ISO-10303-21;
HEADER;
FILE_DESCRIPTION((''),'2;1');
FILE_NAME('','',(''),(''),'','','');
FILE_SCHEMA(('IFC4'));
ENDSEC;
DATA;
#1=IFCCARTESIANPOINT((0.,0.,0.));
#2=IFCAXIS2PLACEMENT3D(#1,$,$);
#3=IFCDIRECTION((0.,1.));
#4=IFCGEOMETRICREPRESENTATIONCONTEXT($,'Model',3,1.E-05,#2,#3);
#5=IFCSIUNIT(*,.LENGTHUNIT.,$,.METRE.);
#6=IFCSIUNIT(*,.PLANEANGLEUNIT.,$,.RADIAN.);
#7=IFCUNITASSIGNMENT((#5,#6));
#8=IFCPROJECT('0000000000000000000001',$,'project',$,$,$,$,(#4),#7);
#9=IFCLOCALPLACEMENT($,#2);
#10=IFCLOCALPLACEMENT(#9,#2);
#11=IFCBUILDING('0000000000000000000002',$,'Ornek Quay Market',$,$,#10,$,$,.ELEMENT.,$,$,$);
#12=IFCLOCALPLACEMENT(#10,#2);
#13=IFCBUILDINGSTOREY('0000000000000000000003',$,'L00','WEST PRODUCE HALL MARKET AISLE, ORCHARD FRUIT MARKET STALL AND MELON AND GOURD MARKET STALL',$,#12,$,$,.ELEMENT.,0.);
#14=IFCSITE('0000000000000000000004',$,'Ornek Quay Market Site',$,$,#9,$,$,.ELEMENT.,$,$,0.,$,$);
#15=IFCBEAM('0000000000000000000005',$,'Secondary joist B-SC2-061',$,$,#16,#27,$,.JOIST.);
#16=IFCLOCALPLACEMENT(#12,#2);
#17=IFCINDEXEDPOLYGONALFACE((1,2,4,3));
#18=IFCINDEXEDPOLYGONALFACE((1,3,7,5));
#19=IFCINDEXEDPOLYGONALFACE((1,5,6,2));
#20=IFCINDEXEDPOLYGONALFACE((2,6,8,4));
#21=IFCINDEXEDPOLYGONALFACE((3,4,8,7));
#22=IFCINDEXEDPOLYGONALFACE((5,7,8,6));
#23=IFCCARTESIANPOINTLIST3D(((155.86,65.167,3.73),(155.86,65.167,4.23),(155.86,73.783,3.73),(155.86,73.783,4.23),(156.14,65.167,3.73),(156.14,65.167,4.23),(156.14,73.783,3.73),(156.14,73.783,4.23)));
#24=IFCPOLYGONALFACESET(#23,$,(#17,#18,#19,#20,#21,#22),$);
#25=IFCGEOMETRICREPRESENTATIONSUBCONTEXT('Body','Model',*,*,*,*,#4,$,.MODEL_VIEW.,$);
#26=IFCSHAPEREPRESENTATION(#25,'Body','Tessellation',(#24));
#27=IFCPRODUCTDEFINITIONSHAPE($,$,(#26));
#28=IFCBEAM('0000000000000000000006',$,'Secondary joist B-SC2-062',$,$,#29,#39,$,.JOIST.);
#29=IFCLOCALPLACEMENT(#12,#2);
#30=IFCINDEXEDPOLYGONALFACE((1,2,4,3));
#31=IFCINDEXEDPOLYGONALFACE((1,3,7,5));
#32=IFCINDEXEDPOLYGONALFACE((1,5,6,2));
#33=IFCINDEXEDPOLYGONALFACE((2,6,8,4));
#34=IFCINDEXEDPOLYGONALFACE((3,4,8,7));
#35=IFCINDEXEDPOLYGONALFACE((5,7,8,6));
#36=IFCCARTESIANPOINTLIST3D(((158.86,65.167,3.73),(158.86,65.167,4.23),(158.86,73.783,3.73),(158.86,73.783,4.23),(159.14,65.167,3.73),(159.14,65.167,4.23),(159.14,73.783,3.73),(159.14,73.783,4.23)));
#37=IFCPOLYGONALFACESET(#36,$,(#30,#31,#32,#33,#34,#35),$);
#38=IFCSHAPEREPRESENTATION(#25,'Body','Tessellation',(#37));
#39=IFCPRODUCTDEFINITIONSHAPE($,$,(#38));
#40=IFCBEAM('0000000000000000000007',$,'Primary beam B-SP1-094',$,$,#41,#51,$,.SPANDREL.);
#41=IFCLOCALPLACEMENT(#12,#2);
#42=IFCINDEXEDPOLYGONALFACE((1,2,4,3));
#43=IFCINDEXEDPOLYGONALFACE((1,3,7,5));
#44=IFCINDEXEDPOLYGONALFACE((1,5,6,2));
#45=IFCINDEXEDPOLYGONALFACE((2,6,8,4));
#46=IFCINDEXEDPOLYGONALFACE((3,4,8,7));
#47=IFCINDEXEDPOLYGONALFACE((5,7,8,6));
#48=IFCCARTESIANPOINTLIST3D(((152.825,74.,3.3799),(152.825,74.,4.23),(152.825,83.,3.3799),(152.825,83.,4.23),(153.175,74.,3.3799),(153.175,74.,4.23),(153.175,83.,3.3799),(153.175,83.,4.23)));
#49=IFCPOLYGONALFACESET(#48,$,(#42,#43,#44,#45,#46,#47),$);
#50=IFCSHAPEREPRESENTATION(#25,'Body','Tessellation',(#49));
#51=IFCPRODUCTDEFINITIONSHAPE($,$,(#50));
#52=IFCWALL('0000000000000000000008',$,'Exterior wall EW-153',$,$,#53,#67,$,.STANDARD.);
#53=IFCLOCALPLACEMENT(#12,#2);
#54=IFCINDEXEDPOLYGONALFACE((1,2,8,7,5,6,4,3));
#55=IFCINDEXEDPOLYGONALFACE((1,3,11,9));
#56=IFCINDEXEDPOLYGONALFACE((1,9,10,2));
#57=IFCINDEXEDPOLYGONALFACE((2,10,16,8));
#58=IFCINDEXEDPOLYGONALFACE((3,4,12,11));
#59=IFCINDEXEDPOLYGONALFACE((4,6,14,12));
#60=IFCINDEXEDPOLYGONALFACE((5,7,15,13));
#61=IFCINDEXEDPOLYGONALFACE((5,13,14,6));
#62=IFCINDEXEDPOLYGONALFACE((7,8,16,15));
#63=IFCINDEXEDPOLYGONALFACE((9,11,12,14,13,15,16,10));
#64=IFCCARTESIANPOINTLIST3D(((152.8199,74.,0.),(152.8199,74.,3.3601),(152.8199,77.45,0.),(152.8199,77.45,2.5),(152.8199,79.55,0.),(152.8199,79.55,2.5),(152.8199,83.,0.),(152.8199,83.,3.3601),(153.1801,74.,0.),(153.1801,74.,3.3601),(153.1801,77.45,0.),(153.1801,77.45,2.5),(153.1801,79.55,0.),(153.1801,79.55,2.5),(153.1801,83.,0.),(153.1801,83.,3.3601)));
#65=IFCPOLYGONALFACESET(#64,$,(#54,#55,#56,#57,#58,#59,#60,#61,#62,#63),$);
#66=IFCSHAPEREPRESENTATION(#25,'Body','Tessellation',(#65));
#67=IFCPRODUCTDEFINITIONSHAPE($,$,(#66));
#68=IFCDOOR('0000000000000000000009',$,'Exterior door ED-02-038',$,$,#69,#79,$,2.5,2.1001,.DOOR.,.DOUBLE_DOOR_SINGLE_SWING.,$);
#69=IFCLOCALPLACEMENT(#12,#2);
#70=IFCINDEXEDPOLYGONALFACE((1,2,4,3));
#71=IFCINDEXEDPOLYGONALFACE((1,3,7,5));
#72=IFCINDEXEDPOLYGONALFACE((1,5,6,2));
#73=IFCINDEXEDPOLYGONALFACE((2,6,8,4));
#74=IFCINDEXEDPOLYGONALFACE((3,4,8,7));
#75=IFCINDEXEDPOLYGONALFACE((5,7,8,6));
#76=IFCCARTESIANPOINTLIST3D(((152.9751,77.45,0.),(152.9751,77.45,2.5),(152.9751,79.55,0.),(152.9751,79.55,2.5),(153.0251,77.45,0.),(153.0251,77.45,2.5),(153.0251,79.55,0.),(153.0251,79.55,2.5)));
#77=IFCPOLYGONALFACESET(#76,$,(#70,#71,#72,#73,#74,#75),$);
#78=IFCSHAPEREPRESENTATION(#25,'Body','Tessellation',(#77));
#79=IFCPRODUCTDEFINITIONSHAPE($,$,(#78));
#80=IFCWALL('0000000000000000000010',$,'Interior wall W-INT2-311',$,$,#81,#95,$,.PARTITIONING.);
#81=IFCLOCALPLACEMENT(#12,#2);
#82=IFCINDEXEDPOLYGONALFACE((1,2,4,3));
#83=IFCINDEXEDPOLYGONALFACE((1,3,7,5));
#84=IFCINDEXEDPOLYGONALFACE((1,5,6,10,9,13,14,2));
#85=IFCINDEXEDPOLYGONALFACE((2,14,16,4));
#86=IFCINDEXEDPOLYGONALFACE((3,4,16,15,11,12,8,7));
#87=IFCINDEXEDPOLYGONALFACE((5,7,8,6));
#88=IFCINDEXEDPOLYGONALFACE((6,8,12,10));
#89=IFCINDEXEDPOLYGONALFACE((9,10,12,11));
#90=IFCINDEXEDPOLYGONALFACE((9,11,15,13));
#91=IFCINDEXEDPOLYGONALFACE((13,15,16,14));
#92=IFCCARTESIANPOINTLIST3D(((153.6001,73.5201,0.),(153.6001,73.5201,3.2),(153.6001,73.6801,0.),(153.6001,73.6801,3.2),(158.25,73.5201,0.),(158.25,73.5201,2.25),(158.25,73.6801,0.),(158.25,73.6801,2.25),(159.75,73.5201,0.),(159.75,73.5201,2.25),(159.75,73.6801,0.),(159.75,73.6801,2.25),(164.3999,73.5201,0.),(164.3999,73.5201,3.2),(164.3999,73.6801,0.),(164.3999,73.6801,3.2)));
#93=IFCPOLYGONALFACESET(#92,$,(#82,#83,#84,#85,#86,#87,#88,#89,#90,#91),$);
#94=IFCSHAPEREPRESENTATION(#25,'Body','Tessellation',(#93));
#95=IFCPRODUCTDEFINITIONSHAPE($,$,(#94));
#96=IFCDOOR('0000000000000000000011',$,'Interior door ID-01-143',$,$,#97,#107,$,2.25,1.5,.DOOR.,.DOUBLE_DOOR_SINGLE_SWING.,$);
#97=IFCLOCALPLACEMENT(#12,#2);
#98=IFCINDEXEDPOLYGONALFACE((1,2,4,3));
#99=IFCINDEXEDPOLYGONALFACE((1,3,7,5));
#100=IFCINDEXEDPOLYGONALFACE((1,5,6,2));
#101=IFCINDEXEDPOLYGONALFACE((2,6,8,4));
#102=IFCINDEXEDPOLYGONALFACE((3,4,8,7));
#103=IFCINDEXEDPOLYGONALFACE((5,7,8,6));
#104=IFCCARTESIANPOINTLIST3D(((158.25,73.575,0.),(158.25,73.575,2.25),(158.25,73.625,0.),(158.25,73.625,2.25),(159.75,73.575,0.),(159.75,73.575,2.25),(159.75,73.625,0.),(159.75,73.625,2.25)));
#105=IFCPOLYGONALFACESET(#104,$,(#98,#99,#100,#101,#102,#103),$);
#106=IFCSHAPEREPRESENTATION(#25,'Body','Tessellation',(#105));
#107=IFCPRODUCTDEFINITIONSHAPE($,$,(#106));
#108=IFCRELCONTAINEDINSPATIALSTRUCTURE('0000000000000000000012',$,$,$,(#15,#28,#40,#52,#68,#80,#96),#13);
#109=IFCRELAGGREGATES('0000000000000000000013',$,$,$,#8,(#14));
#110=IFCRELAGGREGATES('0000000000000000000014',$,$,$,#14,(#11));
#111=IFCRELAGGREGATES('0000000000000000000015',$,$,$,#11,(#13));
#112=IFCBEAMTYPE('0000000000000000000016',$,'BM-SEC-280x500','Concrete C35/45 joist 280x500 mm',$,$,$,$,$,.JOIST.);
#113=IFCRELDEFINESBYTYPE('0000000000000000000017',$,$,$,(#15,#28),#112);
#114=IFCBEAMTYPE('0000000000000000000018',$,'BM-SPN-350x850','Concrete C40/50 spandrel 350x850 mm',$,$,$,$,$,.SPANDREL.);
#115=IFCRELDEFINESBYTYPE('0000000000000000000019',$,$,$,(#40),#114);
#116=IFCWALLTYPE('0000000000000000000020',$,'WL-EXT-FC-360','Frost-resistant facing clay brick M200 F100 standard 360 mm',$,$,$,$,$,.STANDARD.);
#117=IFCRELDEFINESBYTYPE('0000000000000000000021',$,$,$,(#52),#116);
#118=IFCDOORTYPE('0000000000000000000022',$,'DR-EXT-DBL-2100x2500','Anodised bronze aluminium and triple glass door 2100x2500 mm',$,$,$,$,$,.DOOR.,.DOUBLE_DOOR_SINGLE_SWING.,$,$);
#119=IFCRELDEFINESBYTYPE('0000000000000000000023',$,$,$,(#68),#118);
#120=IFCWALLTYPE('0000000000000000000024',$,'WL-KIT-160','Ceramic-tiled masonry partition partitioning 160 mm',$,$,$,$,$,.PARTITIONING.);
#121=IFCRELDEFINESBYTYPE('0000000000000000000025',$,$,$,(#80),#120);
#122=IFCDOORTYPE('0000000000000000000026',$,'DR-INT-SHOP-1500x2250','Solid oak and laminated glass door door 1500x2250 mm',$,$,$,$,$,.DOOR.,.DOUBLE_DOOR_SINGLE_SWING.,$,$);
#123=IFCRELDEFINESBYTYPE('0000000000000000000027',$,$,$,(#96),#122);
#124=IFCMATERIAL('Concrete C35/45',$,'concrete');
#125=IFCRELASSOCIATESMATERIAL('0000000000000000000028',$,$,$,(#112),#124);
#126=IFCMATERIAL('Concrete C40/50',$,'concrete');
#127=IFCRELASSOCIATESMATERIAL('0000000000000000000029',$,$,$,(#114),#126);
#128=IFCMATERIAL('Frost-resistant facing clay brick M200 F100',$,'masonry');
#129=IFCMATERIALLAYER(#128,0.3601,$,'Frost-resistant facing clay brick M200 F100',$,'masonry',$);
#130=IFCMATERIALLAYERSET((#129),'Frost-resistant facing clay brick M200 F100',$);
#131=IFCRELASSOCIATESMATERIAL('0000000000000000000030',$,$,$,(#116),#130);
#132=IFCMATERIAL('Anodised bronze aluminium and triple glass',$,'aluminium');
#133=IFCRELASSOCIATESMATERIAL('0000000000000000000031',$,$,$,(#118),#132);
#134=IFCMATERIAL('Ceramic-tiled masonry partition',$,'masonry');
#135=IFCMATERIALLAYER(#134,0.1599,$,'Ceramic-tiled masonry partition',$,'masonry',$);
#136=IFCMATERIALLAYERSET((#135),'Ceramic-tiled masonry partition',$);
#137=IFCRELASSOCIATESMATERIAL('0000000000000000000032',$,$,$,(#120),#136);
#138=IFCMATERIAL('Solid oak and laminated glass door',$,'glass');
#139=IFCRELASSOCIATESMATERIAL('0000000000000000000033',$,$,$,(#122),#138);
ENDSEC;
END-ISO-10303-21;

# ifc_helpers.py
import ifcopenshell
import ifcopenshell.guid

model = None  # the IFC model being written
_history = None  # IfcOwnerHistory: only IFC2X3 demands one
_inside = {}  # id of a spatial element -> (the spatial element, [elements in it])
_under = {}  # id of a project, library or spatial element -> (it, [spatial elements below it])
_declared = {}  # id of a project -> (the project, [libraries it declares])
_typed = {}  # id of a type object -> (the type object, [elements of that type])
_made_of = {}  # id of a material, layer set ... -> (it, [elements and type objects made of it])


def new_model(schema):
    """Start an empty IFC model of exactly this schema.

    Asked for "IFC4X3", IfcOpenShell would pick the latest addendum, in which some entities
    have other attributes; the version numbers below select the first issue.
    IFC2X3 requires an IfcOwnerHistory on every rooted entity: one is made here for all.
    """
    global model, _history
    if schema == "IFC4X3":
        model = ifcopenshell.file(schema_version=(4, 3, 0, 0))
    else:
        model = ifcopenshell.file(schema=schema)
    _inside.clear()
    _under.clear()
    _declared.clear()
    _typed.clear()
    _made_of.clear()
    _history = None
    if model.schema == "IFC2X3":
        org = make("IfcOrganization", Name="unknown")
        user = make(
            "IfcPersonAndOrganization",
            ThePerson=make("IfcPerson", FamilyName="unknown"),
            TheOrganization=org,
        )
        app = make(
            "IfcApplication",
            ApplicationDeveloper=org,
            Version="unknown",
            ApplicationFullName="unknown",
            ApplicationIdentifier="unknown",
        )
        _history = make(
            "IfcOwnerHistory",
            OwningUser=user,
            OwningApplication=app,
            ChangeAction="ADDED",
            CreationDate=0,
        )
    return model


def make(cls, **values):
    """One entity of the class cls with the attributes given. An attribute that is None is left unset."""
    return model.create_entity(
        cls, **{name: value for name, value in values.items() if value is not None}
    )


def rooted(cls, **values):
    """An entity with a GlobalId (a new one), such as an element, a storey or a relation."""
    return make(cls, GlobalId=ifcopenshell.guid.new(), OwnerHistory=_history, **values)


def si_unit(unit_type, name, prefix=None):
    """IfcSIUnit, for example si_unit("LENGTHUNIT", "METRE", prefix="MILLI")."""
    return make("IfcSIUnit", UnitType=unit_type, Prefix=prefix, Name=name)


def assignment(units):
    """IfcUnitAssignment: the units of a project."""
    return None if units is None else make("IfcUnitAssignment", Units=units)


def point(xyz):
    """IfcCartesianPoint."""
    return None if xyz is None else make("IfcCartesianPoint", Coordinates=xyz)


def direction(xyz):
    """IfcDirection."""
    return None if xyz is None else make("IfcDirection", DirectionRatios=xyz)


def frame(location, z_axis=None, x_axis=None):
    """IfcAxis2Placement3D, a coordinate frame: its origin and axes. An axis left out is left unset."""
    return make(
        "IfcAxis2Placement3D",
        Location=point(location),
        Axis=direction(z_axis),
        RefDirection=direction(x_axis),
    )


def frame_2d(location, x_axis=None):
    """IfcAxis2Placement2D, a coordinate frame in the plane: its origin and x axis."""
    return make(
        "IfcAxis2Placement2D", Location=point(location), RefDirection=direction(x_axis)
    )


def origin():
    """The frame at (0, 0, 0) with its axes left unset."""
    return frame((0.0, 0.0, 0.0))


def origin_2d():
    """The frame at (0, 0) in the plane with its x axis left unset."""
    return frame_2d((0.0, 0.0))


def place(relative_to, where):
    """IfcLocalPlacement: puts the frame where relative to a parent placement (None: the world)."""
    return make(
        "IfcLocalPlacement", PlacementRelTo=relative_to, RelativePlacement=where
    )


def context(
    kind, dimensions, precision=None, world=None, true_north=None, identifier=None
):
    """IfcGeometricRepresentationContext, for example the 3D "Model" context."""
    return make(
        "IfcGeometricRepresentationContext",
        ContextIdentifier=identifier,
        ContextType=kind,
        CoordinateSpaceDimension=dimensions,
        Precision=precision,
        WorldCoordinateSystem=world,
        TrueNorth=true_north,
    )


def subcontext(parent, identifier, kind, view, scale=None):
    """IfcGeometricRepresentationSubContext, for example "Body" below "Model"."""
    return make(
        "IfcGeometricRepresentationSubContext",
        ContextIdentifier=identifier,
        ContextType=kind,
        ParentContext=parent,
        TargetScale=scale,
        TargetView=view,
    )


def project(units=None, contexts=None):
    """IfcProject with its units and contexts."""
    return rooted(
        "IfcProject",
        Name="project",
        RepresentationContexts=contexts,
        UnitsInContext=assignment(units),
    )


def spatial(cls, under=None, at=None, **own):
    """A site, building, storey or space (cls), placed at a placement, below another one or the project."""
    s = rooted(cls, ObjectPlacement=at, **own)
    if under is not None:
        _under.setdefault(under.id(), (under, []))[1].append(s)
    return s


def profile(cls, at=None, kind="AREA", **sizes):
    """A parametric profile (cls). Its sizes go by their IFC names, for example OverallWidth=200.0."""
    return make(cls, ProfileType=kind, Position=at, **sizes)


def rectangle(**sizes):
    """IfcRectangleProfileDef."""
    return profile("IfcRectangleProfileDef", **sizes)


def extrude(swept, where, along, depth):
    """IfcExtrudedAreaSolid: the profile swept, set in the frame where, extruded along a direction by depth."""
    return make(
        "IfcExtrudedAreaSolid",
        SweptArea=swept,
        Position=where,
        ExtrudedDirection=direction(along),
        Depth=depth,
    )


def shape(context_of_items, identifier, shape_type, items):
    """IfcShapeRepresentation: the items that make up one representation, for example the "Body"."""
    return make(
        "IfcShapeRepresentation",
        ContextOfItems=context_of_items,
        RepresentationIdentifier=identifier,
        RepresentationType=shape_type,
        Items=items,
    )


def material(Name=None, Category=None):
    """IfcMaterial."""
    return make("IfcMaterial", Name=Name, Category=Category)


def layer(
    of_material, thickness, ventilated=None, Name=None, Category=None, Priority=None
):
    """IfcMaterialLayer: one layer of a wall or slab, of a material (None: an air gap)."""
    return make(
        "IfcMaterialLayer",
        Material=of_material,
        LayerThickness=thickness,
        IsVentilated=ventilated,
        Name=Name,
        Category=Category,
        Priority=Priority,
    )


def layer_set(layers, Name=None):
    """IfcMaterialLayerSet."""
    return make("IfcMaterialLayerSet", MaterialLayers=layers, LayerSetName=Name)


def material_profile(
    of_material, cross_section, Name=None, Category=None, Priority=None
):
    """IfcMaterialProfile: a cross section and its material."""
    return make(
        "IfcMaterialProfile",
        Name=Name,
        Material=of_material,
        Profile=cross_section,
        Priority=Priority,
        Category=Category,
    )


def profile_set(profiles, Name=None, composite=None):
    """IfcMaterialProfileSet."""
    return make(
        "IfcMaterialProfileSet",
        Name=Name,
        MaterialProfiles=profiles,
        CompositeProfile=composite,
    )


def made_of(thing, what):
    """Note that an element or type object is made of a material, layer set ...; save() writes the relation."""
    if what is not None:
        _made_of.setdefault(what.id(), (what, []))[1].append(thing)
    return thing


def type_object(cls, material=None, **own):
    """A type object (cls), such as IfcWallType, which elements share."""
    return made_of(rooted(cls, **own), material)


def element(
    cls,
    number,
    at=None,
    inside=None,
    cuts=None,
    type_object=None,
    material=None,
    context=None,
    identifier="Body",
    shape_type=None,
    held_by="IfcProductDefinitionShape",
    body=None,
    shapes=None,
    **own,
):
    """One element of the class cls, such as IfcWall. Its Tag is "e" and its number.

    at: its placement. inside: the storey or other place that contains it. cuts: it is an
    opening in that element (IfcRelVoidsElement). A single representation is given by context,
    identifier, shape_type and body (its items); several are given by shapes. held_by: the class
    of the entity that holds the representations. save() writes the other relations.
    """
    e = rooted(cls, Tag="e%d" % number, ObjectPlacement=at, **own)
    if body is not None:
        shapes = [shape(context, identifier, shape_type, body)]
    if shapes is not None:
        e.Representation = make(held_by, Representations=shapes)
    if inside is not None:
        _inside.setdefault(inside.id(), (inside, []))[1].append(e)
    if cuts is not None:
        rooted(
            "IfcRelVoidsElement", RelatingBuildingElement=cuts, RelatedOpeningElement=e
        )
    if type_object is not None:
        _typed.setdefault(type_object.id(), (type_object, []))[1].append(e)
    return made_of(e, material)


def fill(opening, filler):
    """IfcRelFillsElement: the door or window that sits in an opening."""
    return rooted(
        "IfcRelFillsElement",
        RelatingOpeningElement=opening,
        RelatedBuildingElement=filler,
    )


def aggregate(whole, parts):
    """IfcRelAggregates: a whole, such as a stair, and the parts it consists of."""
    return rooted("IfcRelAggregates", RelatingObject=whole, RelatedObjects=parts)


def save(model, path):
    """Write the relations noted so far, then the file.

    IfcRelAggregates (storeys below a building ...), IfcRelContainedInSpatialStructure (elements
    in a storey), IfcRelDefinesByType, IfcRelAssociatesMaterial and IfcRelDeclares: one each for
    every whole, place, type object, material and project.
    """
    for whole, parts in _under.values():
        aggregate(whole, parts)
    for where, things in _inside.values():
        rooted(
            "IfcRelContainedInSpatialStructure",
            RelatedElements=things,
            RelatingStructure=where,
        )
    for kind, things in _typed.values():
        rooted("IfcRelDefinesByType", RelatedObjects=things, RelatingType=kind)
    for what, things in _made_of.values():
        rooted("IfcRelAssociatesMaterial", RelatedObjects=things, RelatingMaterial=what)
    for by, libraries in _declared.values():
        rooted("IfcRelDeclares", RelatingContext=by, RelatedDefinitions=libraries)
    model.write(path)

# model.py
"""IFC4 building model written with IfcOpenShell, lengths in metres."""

from ifc_helpers import new_model, si_unit, direction, frame, frame_2d, origin, origin_2d, place, context, subcontext, project, spatial, rectangle, extrude, material, layer, layer_set, material_profile, profile_set, type_object, element, fill, save


model = new_model("IFC4")

# Units and contexts
model_context = context("Model", 3, precision=1e-05, world=origin(), true_north=direction((0.0, 1.0)))
body_context = subcontext(model_context, "Body", "Model", "MODEL_VIEW")
ifc_project = project(units=[si_unit("LENGTHUNIT", "METRE"), si_unit("PLANEANGLEUNIT", "RADIAN")], contexts=[model_context])

# Site, building, storey
site_placement = place(None, origin())
site = spatial("IfcSite", under=ifc_project, at=site_placement, Name="Ornek Quay Market Site", CompositionType="ELEMENT", RefElevation=0.0)
building_placement = place(site_placement, origin())
building = spatial("IfcBuilding", under=site, at=building_placement, Name="Ornek Quay Market", CompositionType="ELEMENT")
storey_placement = place(building_placement, origin())
storey = spatial("IfcBuildingStorey", under=building, at=storey_placement, Name="L00", Description="WEST PRODUCE HALL MARKET AISLE, ORCHARD FRUIT MARKET STALL AND MELON AND GOURD MARKET STALL", CompositionType="ELEMENT", Elevation=0.0)

# Shared definitions
ifc_material_1 = material(Name="Concrete C35/45", Category="concrete")

# Shared definitions
ifc_material_2 = material(Name="Concrete C40/50", Category="concrete")

# Beams
ifc_material_profile_1 = material_profile(ifc_material_1, rectangle(XDim=0.28, YDim=0.5, at=origin_2d()), Name="RC 280x500", Category="concrete")
ifc_profile_set_1 = profile_set([ifc_material_profile_1], Name="Concrete C35/45")
beam_type_1 = type_object("IfcBeamType", Name="BM-SEC-280x500", Description="Concrete C35/45 joist 280x500 mm", PredefinedType="JOIST", material=ifc_profile_set_1)
for number, where, z_axis, x_axis, name in (
    (1, (156.0, 65.167, 3.98), (0.0, 1.0, 0.0), (-1.0, 0.0, 0.0), "Secondary joist B-SC2-061"),
    (2, (159.0, 65.167, 3.98), (0.0, 1.0, 0.0), (-1.0, 0.0, 0.0), "Secondary joist B-SC2-062"),
):
    element("IfcBeam", number, at=place(storey_placement, frame(where, z_axis=z_axis, x_axis=x_axis)), inside=storey, type_object=beam_type_1, Name=name, PredefinedType="JOIST", context=body_context, shape_type="SweptSolid", body=[
        extrude(rectangle(XDim=0.28, YDim=0.5, at=origin_2d()), origin(), (0.0, 0.0, 1.0), 8.616),
    ])
ifc_material_profile_2 = material_profile(ifc_material_2, rectangle(XDim=0.3501, YDim=0.8501, at=origin_2d()), Name="RC 350x850", Category="concrete")
ifc_profile_set_2 = profile_set([ifc_material_profile_2], Name="Concrete C40/50")
beam_type_2 = type_object("IfcBeamType", Name="BM-SPN-350x850", Description="Concrete C40/50 spandrel 350x850 mm", PredefinedType="SPANDREL", material=ifc_profile_set_2)
beam_1_placement = place(storey_placement, frame((153.0, 74.0, 3.8049), z_axis=(0.0, 1.0, 0.0), x_axis=(-1.0, 0.0, 0.0)))
element("IfcBeam", 3, at=beam_1_placement, inside=storey, type_object=beam_type_2, Name="Primary beam B-SP1-094", PredefinedType="SPANDREL", context=body_context, shape_type="SweptSolid", body=[
    extrude(rectangle(XDim=0.3501, YDim=0.8501, at=origin_2d()), origin(), (0.0, 0.0, 1.0), 9.0),
])

# Walls, openings, doors
ifc_material_3 = material(Name="Frost-resistant facing clay brick M200 F100", Category="masonry")
ifc_layer_1 = layer(ifc_material_3, 0.3601, Name="Frost-resistant facing clay brick M200 F100", Category="masonry")
ifc_layer_set_1 = layer_set([ifc_layer_1], Name="Frost-resistant facing clay brick M200 F100")
wall_type_1 = type_object("IfcWallType", Name="WL-EXT-FC-360", Description="Frost-resistant facing clay brick M200 F100 standard 360 mm", PredefinedType="STANDARD", material=ifc_layer_set_1)
wall_1_placement = place(storey_placement, frame((153.0, 74.0, 0.0), z_axis=(0.0, 0.0, 1.0), x_axis=(0.0, 1.0, 0.0)))
wall_1 = element("IfcWall", 4, at=wall_1_placement, inside=storey, type_object=wall_type_1, Name="Exterior wall EW-153", PredefinedType="STANDARD", context=body_context, shape_type="SweptSolid", body=[
    extrude(rectangle(XDim=9.0, YDim=0.3601, at=frame_2d((4.5, 0.0))), origin(), (0.0, 0.0, 1.0), 3.3601),
])
opening_1_placement = place(wall_1_placement, frame((3.45, 0.0, 0.0)))
opening_1 = element("IfcOpeningElement", 5, at=opening_1_placement, cuts=wall_1, PredefinedType="OPENING", context=body_context, shape_type="SweptSolid", body=[
    extrude(rectangle(XDim=2.1001, YDim=2.5, at=frame_2d((1.05, 1.25))), frame((0.0, 0.1899, 0.0), z_axis=(0.0, -1.0, 0.0), x_axis=(1.0, 0.0, 0.0)), (0.0, 0.0, 1.0), 0.3801),
])
ifc_material_4 = material(Name="Anodised bronze aluminium and triple glass", Category="aluminium")
door_type_1 = type_object("IfcDoorType", Name="DR-EXT-DBL-2100x2500", Description="Anodised bronze aluminium and triple glass door 2100x2500 mm", OperationType="DOUBLE_DOOR_SINGLE_SWING", PredefinedType="DOOR", material=ifc_material_4)
door_1_placement = place(opening_1_placement, origin())
door_1 = element("IfcDoor", 6, at=door_1_placement, inside=storey, type_object=door_type_1, Name="Exterior door ED-02-038", OperationType="DOUBLE_DOOR_SINGLE_SWING", OverallHeight=2.5, OverallWidth=2.1001, PredefinedType="DOOR", context=body_context, shape_type="SweptSolid", body=[
    extrude(rectangle(XDim=2.1001, YDim=2.5, at=frame_2d((1.05, 1.25))), frame((0.0, 0.0249, 0.0), z_axis=(0.0, -1.0, 0.0), x_axis=(1.0, 0.0, 0.0)), (0.0, 0.0, 1.0), 0.05),
])
fill(opening_1, door_1)
ifc_material_5 = material(Name="Ceramic-tiled masonry partition", Category="masonry")
ifc_layer_2 = layer(ifc_material_5, 0.1599, Name="Ceramic-tiled masonry partition", Category="masonry")
ifc_layer_set_2 = layer_set([ifc_layer_2], Name="Ceramic-tiled masonry partition")
wall_type_2 = type_object("IfcWallType", Name="WL-KIT-160", Description="Ceramic-tiled masonry partition partitioning 160 mm", PredefinedType="PARTITIONING", material=ifc_layer_set_2)
wall_2_placement = place(storey_placement, frame((153.6001, 73.6001, 0.0), z_axis=(0.0, 0.0, 1.0), x_axis=(1.0, 0.0, 0.0)))
wall_2 = element("IfcWall", 7, at=wall_2_placement, inside=storey, type_object=wall_type_2, Name="Interior wall W-INT2-311", PredefinedType="PARTITIONING", context=body_context, shape_type="SweptSolid", body=[
    extrude(rectangle(XDim=10.7998, YDim=0.1599, at=frame_2d((5.3999, 0.0))), origin(), (0.0, 0.0, 1.0), 3.2),
])
opening_2_placement = place(wall_2_placement, frame((4.6499, 0.0, 0.0)))
opening_2 = element("IfcOpeningElement", 8, at=opening_2_placement, cuts=wall_2, PredefinedType="OPENING", context=body_context, shape_type="SweptSolid", body=[
    extrude(rectangle(XDim=1.5, YDim=2.25, at=frame_2d((0.75, 1.125))), frame((0.0, 0.0898, 0.0), z_axis=(0.0, -1.0, 0.0), x_axis=(1.0, 0.0, 0.0)), (0.0, 0.0, 1.0), 0.1799),
])
ifc_material_6 = material(Name="Solid oak and laminated glass door", Category="glass")
door_type_2 = type_object("IfcDoorType", Name="DR-INT-SHOP-1500x2250", Description="Solid oak and laminated glass door door 1500x2250 mm", OperationType="DOUBLE_DOOR_SINGLE_SWING", PredefinedType="DOOR", material=ifc_material_6)
door_2_placement = place(opening_2_placement, origin())
door_2 = element("IfcDoor", 9, at=door_2_placement, inside=storey, type_object=door_type_2, Name="Interior door ID-01-143", OperationType="DOUBLE_DOOR_SINGLE_SWING", OverallHeight=2.25, OverallWidth=1.5, PredefinedType="DOOR", context=body_context, shape_type="SweptSolid", body=[
    extrude(rectangle(XDim=1.5, YDim=2.25, at=frame_2d((0.75, 1.125))), frame((0.0, 0.0249, 0.0), z_axis=(0.0, -1.0, 0.0), x_axis=(1.0, 0.0, 0.0)), (0.0, 0.0, 1.0), 0.05),
])
fill(opening_2, door_2)

save(model, "model.ifc")
